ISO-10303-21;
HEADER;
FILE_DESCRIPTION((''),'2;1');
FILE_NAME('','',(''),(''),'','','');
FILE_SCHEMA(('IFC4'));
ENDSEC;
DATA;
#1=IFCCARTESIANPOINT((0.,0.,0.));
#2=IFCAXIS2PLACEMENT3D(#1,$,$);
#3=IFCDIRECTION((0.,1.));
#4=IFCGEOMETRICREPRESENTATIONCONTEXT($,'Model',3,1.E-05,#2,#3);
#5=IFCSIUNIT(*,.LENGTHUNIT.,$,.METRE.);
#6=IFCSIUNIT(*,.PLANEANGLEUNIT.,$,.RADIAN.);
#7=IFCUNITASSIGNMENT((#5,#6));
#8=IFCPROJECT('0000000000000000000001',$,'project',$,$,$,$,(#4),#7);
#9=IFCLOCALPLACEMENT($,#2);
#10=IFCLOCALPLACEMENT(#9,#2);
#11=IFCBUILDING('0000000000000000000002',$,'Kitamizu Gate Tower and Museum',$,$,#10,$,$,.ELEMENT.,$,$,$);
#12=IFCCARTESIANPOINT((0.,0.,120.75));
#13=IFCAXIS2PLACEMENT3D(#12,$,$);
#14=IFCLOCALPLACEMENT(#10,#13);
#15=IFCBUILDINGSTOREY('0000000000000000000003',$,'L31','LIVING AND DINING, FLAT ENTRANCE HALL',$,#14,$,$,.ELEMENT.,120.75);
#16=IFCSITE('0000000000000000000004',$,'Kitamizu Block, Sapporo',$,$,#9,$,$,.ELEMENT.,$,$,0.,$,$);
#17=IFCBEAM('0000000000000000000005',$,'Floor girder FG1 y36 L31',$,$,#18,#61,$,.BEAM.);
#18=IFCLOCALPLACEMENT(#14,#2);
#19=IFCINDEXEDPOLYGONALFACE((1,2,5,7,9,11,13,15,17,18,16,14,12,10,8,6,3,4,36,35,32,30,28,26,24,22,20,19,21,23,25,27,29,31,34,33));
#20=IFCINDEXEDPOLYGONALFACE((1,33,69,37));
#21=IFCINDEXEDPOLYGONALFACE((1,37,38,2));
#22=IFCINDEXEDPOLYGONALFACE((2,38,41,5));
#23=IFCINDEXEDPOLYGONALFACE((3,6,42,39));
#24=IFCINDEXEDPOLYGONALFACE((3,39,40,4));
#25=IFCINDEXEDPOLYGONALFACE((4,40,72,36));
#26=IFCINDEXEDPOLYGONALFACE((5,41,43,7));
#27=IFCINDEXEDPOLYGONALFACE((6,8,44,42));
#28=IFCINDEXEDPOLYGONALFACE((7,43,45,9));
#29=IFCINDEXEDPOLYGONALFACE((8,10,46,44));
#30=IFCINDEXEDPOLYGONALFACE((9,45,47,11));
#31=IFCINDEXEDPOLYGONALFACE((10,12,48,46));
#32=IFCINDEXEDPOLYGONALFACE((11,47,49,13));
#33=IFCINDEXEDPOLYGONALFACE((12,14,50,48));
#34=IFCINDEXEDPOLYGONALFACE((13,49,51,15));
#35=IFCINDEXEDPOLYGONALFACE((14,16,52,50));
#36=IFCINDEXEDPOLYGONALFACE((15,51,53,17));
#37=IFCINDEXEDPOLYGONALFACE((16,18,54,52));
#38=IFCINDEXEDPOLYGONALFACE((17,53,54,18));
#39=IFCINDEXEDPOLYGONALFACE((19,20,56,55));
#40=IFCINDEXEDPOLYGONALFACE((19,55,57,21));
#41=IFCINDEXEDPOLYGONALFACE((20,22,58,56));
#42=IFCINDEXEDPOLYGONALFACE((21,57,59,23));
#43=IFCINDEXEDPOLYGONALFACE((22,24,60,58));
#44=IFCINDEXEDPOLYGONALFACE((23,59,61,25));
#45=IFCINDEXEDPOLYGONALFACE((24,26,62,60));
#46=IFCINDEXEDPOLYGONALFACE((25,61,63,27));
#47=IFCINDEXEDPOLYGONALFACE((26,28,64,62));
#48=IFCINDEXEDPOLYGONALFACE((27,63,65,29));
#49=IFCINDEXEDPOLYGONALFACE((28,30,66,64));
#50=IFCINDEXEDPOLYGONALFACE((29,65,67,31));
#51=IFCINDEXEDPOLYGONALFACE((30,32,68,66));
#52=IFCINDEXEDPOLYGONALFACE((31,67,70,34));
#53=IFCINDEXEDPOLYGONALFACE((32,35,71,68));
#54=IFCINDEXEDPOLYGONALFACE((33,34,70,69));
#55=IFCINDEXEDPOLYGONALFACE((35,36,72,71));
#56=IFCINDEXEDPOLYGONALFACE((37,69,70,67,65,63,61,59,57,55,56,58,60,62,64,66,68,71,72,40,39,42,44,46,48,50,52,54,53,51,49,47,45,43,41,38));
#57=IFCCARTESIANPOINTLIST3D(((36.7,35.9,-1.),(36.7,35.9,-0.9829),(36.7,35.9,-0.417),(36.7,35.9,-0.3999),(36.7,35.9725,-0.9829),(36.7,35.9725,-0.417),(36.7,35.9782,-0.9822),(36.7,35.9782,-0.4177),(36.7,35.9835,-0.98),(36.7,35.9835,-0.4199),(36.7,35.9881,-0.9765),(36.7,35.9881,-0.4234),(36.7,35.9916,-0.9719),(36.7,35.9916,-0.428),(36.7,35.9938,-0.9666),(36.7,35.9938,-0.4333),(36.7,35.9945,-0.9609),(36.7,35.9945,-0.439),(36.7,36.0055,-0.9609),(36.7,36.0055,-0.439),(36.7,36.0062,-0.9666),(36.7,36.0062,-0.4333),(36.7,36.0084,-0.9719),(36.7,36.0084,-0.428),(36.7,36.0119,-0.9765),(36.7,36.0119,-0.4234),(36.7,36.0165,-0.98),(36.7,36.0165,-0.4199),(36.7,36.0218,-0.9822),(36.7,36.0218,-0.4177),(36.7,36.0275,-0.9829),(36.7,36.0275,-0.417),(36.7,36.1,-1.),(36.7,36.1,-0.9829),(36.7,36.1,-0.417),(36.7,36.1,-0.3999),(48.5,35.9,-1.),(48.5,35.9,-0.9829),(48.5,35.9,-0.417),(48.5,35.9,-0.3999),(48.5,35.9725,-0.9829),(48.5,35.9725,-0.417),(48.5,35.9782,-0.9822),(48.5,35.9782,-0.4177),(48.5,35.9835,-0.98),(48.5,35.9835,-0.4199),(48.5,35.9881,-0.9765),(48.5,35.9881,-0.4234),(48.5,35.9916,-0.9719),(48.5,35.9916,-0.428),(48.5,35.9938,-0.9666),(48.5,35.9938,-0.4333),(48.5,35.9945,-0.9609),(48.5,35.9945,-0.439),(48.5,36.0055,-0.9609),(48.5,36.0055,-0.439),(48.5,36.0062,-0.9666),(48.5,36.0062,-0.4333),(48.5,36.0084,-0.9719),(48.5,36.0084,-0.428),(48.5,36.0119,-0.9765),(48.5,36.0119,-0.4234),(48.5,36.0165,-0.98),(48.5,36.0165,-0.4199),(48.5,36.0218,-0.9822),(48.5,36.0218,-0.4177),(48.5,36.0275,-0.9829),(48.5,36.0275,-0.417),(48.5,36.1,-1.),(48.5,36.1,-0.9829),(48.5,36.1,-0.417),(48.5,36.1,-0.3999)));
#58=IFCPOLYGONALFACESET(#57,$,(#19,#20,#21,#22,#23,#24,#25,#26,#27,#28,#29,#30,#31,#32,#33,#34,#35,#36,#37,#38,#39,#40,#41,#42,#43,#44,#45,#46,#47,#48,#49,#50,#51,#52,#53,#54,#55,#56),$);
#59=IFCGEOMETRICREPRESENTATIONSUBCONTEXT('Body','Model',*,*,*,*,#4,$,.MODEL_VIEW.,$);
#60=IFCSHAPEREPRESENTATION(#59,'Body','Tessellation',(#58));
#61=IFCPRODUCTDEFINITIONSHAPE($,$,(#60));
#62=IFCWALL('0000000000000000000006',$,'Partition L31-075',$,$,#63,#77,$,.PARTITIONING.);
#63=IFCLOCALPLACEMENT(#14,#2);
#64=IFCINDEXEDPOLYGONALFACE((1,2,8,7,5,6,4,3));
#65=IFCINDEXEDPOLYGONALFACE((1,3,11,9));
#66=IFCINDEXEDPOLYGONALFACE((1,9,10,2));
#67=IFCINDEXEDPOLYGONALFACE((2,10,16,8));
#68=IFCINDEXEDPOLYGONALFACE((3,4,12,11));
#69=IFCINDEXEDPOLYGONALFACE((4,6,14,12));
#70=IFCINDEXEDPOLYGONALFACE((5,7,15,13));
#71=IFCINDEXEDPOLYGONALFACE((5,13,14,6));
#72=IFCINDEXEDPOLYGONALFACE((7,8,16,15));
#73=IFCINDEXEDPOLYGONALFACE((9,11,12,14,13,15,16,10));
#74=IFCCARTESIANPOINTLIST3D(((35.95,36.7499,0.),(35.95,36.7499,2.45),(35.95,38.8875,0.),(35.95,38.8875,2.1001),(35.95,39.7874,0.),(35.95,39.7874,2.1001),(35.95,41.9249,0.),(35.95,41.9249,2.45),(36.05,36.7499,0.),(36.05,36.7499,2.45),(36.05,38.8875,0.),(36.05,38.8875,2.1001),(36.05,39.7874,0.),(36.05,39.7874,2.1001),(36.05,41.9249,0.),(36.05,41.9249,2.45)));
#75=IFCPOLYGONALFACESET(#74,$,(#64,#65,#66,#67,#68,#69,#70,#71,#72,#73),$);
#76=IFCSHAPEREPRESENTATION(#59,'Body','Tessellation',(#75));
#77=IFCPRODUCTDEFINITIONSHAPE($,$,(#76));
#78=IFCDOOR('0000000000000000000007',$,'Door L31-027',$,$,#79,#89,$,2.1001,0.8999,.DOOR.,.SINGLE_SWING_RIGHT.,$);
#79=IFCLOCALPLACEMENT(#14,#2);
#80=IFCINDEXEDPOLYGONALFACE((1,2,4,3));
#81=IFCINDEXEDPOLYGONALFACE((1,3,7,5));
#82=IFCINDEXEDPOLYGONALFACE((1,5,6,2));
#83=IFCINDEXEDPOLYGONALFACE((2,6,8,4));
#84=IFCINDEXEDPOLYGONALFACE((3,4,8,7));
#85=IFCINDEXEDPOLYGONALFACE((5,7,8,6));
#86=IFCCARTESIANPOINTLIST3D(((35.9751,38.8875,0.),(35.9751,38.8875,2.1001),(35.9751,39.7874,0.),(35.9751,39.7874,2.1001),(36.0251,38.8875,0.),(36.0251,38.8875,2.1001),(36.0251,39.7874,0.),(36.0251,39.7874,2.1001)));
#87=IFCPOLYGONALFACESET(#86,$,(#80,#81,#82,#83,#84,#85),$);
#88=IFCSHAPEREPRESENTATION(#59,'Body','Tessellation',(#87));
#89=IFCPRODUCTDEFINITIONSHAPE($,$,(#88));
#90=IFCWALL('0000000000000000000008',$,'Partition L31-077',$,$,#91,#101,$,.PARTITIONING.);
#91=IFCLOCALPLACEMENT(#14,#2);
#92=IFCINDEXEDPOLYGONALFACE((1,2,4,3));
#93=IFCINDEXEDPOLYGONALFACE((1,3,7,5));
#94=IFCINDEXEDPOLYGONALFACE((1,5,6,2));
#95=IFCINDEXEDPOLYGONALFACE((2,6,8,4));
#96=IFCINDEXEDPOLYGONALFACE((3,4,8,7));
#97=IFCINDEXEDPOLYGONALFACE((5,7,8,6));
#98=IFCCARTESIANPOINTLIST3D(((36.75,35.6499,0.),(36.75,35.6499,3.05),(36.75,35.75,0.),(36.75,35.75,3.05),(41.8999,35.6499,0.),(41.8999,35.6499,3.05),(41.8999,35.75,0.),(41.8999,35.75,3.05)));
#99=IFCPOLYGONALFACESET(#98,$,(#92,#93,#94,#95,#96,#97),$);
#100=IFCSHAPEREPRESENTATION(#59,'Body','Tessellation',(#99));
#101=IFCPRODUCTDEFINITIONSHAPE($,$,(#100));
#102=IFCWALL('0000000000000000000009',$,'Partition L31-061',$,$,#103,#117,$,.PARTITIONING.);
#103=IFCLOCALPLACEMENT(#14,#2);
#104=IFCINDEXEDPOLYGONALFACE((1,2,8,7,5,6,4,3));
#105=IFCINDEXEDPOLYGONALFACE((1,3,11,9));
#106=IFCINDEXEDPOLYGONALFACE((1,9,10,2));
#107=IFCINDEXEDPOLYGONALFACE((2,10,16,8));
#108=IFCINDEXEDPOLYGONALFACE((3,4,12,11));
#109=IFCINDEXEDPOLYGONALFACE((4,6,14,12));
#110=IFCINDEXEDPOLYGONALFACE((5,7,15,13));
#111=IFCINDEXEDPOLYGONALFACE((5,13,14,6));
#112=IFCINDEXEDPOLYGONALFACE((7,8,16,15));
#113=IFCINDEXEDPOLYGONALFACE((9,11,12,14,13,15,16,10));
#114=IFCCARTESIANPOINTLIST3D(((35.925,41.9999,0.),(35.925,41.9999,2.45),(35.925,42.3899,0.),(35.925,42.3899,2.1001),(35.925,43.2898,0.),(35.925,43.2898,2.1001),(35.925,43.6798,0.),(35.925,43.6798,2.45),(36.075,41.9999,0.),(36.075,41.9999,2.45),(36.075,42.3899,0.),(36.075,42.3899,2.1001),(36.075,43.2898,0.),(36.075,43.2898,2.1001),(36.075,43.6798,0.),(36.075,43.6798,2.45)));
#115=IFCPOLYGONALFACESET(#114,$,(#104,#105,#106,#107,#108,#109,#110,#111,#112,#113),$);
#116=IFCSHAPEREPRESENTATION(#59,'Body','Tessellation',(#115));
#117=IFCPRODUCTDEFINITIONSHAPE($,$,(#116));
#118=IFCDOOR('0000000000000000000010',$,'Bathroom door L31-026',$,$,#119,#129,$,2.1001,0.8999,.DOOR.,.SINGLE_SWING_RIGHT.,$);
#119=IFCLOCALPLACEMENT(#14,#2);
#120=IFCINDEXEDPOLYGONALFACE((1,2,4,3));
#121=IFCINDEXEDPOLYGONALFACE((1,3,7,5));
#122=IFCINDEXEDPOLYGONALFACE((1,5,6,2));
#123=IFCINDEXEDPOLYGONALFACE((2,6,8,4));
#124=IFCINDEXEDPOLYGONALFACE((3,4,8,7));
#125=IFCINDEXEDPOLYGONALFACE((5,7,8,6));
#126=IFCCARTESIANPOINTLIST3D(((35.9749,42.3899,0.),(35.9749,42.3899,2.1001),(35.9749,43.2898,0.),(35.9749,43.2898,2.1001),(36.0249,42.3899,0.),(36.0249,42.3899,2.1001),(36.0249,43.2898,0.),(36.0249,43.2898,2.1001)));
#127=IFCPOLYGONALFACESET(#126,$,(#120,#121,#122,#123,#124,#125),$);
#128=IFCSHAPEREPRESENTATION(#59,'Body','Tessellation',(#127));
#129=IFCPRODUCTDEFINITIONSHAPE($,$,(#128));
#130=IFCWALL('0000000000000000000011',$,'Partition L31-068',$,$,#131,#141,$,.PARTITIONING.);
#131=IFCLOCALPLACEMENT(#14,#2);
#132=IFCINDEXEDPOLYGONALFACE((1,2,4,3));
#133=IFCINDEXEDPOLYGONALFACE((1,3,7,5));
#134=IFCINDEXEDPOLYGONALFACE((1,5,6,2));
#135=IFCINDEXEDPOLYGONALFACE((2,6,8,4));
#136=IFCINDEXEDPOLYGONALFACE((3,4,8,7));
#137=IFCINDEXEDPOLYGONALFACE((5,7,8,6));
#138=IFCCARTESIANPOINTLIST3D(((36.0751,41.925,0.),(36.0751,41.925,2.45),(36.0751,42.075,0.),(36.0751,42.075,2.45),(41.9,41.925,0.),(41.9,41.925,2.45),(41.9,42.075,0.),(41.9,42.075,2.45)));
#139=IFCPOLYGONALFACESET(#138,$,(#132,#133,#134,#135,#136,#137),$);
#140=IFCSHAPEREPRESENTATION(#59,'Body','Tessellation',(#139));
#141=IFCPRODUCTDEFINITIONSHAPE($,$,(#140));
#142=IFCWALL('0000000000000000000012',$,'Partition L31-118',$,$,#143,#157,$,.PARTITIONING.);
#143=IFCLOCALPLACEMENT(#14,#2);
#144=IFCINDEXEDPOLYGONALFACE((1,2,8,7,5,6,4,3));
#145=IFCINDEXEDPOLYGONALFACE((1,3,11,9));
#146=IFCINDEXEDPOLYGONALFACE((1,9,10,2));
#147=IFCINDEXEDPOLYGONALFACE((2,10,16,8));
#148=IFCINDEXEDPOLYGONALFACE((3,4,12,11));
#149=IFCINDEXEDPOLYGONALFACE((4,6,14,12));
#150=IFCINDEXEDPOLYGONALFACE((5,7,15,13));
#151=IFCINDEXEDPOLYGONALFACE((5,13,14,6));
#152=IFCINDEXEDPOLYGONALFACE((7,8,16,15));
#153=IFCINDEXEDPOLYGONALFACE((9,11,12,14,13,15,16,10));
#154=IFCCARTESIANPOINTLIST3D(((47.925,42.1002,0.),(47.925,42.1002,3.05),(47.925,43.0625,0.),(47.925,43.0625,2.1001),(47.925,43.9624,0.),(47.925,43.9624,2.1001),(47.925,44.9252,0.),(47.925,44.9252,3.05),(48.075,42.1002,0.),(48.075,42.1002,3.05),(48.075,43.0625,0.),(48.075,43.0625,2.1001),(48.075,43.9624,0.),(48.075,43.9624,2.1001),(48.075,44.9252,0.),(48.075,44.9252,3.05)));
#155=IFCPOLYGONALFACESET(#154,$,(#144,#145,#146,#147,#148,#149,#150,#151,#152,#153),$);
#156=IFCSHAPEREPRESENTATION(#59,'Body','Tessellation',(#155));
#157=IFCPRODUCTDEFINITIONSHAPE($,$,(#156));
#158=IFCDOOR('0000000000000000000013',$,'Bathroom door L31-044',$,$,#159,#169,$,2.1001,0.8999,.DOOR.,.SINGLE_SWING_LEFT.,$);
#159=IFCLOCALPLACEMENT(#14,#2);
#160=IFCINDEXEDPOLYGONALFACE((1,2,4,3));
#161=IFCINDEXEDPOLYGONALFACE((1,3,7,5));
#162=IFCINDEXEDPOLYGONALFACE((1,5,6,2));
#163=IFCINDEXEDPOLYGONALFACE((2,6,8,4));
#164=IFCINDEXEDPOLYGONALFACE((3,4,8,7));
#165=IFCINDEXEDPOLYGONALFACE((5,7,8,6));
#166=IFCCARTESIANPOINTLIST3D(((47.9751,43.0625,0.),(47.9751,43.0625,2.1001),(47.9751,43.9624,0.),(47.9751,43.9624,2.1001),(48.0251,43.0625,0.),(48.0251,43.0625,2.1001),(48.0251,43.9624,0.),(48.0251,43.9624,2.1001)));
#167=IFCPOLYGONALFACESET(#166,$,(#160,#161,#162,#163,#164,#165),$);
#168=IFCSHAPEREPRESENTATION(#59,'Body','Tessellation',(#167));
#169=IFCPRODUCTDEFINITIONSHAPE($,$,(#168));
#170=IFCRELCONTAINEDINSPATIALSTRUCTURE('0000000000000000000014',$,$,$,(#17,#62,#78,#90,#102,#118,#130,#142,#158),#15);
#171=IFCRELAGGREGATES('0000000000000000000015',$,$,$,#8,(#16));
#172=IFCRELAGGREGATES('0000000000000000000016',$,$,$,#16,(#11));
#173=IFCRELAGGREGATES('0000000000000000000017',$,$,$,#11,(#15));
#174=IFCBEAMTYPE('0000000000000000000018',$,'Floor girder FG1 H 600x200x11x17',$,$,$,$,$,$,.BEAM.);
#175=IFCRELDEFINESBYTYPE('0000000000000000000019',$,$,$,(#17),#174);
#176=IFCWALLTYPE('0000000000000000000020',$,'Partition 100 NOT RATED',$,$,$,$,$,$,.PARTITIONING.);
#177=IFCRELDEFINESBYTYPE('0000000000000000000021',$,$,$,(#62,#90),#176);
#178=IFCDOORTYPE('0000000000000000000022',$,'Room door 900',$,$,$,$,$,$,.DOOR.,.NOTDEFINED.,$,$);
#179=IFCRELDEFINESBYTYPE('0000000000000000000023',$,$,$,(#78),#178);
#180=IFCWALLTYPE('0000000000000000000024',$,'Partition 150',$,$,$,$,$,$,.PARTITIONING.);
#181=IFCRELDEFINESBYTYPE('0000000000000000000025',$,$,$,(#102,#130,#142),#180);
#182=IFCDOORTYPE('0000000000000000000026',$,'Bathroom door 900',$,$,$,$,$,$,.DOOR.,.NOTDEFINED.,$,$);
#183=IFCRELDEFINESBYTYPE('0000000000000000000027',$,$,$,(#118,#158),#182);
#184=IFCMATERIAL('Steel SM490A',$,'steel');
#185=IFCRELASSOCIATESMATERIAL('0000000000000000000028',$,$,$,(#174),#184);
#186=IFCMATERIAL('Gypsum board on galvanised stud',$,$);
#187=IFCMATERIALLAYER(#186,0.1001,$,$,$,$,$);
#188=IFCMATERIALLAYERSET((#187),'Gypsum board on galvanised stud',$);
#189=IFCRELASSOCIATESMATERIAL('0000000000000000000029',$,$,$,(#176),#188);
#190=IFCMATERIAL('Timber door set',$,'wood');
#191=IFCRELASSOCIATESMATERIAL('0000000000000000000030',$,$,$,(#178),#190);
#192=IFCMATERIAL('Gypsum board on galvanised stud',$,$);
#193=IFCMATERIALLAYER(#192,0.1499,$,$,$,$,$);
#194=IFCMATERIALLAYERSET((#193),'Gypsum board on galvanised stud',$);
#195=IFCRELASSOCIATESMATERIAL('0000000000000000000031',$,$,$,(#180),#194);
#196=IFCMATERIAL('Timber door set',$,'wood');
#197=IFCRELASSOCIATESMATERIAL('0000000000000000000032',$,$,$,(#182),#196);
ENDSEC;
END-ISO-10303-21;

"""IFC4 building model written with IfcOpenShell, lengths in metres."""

from ifc_helpers import new_model, si_unit, direction, frame, frame_2d, origin, origin_2d, place, context, subcontext, project, spatial, rectangle, i_section, extrude, material, layer, layer_set, material_profile, profile_set, type_object, element, fill, save


model = new_model("IFC4")

# Units and contexts
model_context = context("Model", 3, precision=1e-05, world=origin(), true_north=direction((0.0, 1.0)))
body_context = subcontext(model_context, "Body", "Model", "MODEL_VIEW")
ifc_project = project(units=[si_unit("LENGTHUNIT", "METRE"), si_unit("PLANEANGLEUNIT", "RADIAN")], contexts=[model_context])

# Site, building, storey
site_placement = place(None, origin())
site = spatial("IfcSite", under=ifc_project, at=site_placement, Name="Kitamizu Block, Sapporo", CompositionType="ELEMENT", RefElevation=0.0)
building_placement = place(site_placement, origin())
building = spatial("IfcBuilding", under=site, at=building_placement, Name="Kitamizu Gate Tower and Museum", CompositionType="ELEMENT")
storey_placement = place(building_placement, frame((0.0, 0.0, 120.75)))
storey = spatial("IfcBuildingStorey", under=building, at=storey_placement, Name="L31", Description="LIVING AND DINING, FLAT ENTRANCE HALL", CompositionType="ELEMENT", Elevation=120.75)

# Beam
ifc_material_1 = material(Name="Steel SM490A", Category="steel")
ifc_material_profile = material_profile(ifc_material_1, i_section(OverallWidth=0.2, OverallDepth=0.6001, WebThickness=0.011, FlangeThickness=0.0171, FilletRadius=0.022, at=origin_2d()), Name="H-600x200x11x17")
ifc_profile_set = profile_set([ifc_material_profile], Name="Steel SM490A")
beam_type = type_object("IfcBeamType", Name="Floor girder FG1 H 600x200x11x17", PredefinedType="BEAM", material=ifc_profile_set)
beam_placement = place(storey_placement, frame((36.7, 36.0, -0.7), z_axis=(1.0, 0.0, 0.0), x_axis=(0.0, 1.0, 0.0)))
element("IfcBeam", 1, at=beam_placement, inside=storey, type_object=beam_type, Name="Floor girder FG1 y36 L31", PredefinedType="BEAM", context=body_context, shape_type="SweptSolid", body=[
    extrude(i_section(OverallWidth=0.2, OverallDepth=0.6001, WebThickness=0.011, FlangeThickness=0.0171, FilletRadius=0.022, at=origin_2d()), origin(), (0.0, 0.0, 1.0), 11.8),
])

# Wall, opening, door
ifc_material_2 = material(Name="Gypsum board on galvanised stud")
ifc_layer_1 = layer(ifc_material_2, 0.1001)
ifc_layer_set_1 = layer_set([ifc_layer_1], Name="Gypsum board on galvanised stud")
wall_type_1 = type_object("IfcWallType", Name="Partition 100 NOT RATED", PredefinedType="PARTITIONING", material=ifc_layer_set_1)
wall_1_placement = place(storey_placement, frame((36.0, 36.75, 0.0), z_axis=(0.0, 0.0, 1.0), x_axis=(0.0, 1.0, 0.0)))
wall_1 = element("IfcWall", 2, at=wall_1_placement, inside=storey, type_object=wall_type_1, Name="Partition L31-075", PredefinedType="PARTITIONING", context=body_context, shape_type="SweptSolid", body=[
    extrude(rectangle(XDim=5.175, YDim=0.1001, at=frame_2d((2.5874, 0.0))), origin(), (0.0, 0.0, 1.0), 2.45),
])
opening_1_placement = place(wall_1_placement, frame((2.1375, 0.0, 0.0)))
opening_1 = element("IfcOpeningElement", 3, at=opening_1_placement, cuts=wall_1, PredefinedType="OPENING", context=body_context, shape_type="SweptSolid", body=[
    extrude(rectangle(XDim=0.8999, YDim=2.1001, at=frame_2d((0.45, 1.05))), frame((0.0, 0.0601, 0.0), z_axis=(0.0, -1.0, 0.0), x_axis=(1.0, 0.0, 0.0)), (0.0, 0.0, 1.0), 0.1201),
])
ifc_material_3 = material(Name="Timber door set", Category="wood")
door_type_1 = type_object("IfcDoorType", Name="Room door 900", OperationType="NOTDEFINED", PredefinedType="DOOR", material=ifc_material_3)
door_1_placement = place(opening_1_placement, origin())
door_1 = element("IfcDoor", 4, at=door_1_placement, inside=storey, type_object=door_type_1, Name="Door L31-027", OperationType="SINGLE_SWING_RIGHT", OverallHeight=2.1001, OverallWidth=0.8999, PredefinedType="DOOR", context=body_context, shape_type="SweptSolid", body=[
    extrude(rectangle(XDim=0.8999, YDim=2.1001, at=frame_2d((0.45, 1.05))), frame((0.0, 0.0249, 0.0), z_axis=(0.0, -1.0, 0.0), x_axis=(1.0, 0.0, 0.0)), (0.0, 0.0, 1.0), 0.05),
])
fill(opening_1, door_1)

# Wall
wall_2_placement = place(storey_placement, frame((36.75, 35.7, 0.0), z_axis=(0.0, 0.0, 1.0), x_axis=(1.0, 0.0, 0.0)))
element("IfcWall", 5, at=wall_2_placement, inside=storey, type_object=wall_type_1, Name="Partition L31-077", PredefinedType="PARTITIONING", context=body_context, shape_type="SweptSolid", body=[
    extrude(rectangle(XDim=5.1499, YDim=0.1001, at=frame_2d((2.575, 0.0))), origin(), (0.0, 0.0, 1.0), 3.05),
])

# Wall, opening, door
ifc_material_4 = material(Name="Gypsum board on galvanised stud")
ifc_layer_2 = layer(ifc_material_4, 0.1499)
ifc_layer_set_2 = layer_set([ifc_layer_2], Name="Gypsum board on galvanised stud")
wall_type_2 = type_object("IfcWallType", Name="Partition 150", PredefinedType="PARTITIONING", material=ifc_layer_set_2)
wall_3_placement = place(storey_placement, frame((36.0, 42.0, 0.0), z_axis=(0.0, 0.0, 1.0), x_axis=(0.0, 1.0, 0.0)))
wall_3 = element("IfcWall", 6, at=wall_3_placement, inside=storey, type_object=wall_type_2, Name="Partition L31-061", PredefinedType="PARTITIONING", context=body_context, shape_type="SweptSolid", body=[
    extrude(rectangle(XDim=1.6799, YDim=0.1499, at=frame_2d((0.8398, 0.0))), origin(), (0.0, 0.0, 1.0), 2.45),
])
opening_2_placement = place(wall_3_placement, frame((0.3899, 0.0, 0.0)))
opening_2 = element("IfcOpeningElement", 7, at=opening_2_placement, cuts=wall_3, PredefinedType="OPENING", context=body_context, shape_type="SweptSolid", body=[
    extrude(rectangle(XDim=0.8999, YDim=2.1001, at=frame_2d((0.45, 1.05))), frame((0.0, 0.085, 0.0), z_axis=(0.0, -1.0, 0.0), x_axis=(1.0, 0.0, 0.0)), (0.0, 0.0, 1.0), 0.1699),
])
ifc_material_5 = material(Name="Timber door set", Category="wood")
door_type_2 = type_object("IfcDoorType", Name="Bathroom door 900", OperationType="NOTDEFINED", PredefinedType="DOOR", material=ifc_material_5)
door_2_placement = place(opening_2_placement, frame((0.8999, 0.0, 0.0), x_axis=(-1.0, 0.0, 0.0)))
door_2 = element("IfcDoor", 8, at=door_2_placement, inside=storey, type_object=door_type_2, Name="Bathroom door L31-026", OperationType="SINGLE_SWING_RIGHT", OverallHeight=2.1001, OverallWidth=0.8999, PredefinedType="DOOR", context=body_context, shape_type="SweptSolid", body=[
    extrude(rectangle(XDim=0.8999, YDim=2.1001, at=frame_2d((0.45, 1.05))), frame((0.0, 0.0249, 0.0), z_axis=(0.0, -1.0, 0.0), x_axis=(1.0, 0.0, 0.0)), (0.0, 0.0, 1.0), 0.05),
])
fill(opening_2, door_2)

# Wall
wall_4_placement = place(storey_placement, frame((36.075, 42.0, 0.0), z_axis=(0.0, 0.0, 1.0), x_axis=(1.0, 0.0, 0.0)))
element("IfcWall", 9, at=wall_4_placement, inside=storey, type_object=wall_type_2, Name="Partition L31-068", PredefinedType="PARTITIONING", context=body_context, shape_type="SweptSolid", body=[
    extrude(rectangle(XDim=5.825, YDim=0.1499, at=frame_2d((2.9126, 0.0))), origin(), (0.0, 0.0, 1.0), 2.45),
])

# Wall, opening, door
wall_5_placement = place(storey_placement, frame((48.0, 42.1001, 0.0), z_axis=(0.0, 0.0, 1.0), x_axis=(0.0, 1.0, 0.0)))
wall_5 = element("IfcWall", 10, at=wall_5_placement, inside=storey, type_object=wall_type_2, Name="Partition L31-118", PredefinedType="PARTITIONING", context=body_context, shape_type="SweptSolid", body=[
    extrude(rectangle(XDim=2.825, YDim=0.1499, at=frame_2d((1.4126, 0.0))), origin(), (0.0, 0.0, 1.0), 3.05),
])
opening_3_placement = place(wall_5_placement, frame((0.9624, 0.0, 0.0)))
opening_3 = element("IfcOpeningElement", 11, at=opening_3_placement, cuts=wall_5, PredefinedType="OPENING", context=body_context, shape_type="SweptSolid", body=[
    extrude(rectangle(XDim=0.8999, YDim=2.1001, at=frame_2d((0.45, 1.05))), frame((0.0, 0.085, 0.0), z_axis=(0.0, -1.0, 0.0), x_axis=(1.0, 0.0, 0.0)), (0.0, 0.0, 1.0), 0.1699),
])
door_3_placement = place(opening_3_placement, origin())
door_3 = element("IfcDoor", 12, at=door_3_placement, inside=storey, type_object=door_type_2, Name="Bathroom door L31-044", OperationType="SINGLE_SWING_LEFT", OverallHeight=2.1001, OverallWidth=0.8999, PredefinedType="DOOR", context=body_context, shape_type="SweptSolid", body=[
    extrude(rectangle(XDim=0.8999, YDim=2.1001, at=frame_2d((0.45, 1.05))), frame((0.0, 0.0249, 0.0), z_axis=(0.0, -1.0, 0.0), x_axis=(1.0, 0.0, 0.0)), (0.0, 0.0, 1.0), 0.05),
])
fill(opening_3, door_3)

save(model, "model.ifc")
